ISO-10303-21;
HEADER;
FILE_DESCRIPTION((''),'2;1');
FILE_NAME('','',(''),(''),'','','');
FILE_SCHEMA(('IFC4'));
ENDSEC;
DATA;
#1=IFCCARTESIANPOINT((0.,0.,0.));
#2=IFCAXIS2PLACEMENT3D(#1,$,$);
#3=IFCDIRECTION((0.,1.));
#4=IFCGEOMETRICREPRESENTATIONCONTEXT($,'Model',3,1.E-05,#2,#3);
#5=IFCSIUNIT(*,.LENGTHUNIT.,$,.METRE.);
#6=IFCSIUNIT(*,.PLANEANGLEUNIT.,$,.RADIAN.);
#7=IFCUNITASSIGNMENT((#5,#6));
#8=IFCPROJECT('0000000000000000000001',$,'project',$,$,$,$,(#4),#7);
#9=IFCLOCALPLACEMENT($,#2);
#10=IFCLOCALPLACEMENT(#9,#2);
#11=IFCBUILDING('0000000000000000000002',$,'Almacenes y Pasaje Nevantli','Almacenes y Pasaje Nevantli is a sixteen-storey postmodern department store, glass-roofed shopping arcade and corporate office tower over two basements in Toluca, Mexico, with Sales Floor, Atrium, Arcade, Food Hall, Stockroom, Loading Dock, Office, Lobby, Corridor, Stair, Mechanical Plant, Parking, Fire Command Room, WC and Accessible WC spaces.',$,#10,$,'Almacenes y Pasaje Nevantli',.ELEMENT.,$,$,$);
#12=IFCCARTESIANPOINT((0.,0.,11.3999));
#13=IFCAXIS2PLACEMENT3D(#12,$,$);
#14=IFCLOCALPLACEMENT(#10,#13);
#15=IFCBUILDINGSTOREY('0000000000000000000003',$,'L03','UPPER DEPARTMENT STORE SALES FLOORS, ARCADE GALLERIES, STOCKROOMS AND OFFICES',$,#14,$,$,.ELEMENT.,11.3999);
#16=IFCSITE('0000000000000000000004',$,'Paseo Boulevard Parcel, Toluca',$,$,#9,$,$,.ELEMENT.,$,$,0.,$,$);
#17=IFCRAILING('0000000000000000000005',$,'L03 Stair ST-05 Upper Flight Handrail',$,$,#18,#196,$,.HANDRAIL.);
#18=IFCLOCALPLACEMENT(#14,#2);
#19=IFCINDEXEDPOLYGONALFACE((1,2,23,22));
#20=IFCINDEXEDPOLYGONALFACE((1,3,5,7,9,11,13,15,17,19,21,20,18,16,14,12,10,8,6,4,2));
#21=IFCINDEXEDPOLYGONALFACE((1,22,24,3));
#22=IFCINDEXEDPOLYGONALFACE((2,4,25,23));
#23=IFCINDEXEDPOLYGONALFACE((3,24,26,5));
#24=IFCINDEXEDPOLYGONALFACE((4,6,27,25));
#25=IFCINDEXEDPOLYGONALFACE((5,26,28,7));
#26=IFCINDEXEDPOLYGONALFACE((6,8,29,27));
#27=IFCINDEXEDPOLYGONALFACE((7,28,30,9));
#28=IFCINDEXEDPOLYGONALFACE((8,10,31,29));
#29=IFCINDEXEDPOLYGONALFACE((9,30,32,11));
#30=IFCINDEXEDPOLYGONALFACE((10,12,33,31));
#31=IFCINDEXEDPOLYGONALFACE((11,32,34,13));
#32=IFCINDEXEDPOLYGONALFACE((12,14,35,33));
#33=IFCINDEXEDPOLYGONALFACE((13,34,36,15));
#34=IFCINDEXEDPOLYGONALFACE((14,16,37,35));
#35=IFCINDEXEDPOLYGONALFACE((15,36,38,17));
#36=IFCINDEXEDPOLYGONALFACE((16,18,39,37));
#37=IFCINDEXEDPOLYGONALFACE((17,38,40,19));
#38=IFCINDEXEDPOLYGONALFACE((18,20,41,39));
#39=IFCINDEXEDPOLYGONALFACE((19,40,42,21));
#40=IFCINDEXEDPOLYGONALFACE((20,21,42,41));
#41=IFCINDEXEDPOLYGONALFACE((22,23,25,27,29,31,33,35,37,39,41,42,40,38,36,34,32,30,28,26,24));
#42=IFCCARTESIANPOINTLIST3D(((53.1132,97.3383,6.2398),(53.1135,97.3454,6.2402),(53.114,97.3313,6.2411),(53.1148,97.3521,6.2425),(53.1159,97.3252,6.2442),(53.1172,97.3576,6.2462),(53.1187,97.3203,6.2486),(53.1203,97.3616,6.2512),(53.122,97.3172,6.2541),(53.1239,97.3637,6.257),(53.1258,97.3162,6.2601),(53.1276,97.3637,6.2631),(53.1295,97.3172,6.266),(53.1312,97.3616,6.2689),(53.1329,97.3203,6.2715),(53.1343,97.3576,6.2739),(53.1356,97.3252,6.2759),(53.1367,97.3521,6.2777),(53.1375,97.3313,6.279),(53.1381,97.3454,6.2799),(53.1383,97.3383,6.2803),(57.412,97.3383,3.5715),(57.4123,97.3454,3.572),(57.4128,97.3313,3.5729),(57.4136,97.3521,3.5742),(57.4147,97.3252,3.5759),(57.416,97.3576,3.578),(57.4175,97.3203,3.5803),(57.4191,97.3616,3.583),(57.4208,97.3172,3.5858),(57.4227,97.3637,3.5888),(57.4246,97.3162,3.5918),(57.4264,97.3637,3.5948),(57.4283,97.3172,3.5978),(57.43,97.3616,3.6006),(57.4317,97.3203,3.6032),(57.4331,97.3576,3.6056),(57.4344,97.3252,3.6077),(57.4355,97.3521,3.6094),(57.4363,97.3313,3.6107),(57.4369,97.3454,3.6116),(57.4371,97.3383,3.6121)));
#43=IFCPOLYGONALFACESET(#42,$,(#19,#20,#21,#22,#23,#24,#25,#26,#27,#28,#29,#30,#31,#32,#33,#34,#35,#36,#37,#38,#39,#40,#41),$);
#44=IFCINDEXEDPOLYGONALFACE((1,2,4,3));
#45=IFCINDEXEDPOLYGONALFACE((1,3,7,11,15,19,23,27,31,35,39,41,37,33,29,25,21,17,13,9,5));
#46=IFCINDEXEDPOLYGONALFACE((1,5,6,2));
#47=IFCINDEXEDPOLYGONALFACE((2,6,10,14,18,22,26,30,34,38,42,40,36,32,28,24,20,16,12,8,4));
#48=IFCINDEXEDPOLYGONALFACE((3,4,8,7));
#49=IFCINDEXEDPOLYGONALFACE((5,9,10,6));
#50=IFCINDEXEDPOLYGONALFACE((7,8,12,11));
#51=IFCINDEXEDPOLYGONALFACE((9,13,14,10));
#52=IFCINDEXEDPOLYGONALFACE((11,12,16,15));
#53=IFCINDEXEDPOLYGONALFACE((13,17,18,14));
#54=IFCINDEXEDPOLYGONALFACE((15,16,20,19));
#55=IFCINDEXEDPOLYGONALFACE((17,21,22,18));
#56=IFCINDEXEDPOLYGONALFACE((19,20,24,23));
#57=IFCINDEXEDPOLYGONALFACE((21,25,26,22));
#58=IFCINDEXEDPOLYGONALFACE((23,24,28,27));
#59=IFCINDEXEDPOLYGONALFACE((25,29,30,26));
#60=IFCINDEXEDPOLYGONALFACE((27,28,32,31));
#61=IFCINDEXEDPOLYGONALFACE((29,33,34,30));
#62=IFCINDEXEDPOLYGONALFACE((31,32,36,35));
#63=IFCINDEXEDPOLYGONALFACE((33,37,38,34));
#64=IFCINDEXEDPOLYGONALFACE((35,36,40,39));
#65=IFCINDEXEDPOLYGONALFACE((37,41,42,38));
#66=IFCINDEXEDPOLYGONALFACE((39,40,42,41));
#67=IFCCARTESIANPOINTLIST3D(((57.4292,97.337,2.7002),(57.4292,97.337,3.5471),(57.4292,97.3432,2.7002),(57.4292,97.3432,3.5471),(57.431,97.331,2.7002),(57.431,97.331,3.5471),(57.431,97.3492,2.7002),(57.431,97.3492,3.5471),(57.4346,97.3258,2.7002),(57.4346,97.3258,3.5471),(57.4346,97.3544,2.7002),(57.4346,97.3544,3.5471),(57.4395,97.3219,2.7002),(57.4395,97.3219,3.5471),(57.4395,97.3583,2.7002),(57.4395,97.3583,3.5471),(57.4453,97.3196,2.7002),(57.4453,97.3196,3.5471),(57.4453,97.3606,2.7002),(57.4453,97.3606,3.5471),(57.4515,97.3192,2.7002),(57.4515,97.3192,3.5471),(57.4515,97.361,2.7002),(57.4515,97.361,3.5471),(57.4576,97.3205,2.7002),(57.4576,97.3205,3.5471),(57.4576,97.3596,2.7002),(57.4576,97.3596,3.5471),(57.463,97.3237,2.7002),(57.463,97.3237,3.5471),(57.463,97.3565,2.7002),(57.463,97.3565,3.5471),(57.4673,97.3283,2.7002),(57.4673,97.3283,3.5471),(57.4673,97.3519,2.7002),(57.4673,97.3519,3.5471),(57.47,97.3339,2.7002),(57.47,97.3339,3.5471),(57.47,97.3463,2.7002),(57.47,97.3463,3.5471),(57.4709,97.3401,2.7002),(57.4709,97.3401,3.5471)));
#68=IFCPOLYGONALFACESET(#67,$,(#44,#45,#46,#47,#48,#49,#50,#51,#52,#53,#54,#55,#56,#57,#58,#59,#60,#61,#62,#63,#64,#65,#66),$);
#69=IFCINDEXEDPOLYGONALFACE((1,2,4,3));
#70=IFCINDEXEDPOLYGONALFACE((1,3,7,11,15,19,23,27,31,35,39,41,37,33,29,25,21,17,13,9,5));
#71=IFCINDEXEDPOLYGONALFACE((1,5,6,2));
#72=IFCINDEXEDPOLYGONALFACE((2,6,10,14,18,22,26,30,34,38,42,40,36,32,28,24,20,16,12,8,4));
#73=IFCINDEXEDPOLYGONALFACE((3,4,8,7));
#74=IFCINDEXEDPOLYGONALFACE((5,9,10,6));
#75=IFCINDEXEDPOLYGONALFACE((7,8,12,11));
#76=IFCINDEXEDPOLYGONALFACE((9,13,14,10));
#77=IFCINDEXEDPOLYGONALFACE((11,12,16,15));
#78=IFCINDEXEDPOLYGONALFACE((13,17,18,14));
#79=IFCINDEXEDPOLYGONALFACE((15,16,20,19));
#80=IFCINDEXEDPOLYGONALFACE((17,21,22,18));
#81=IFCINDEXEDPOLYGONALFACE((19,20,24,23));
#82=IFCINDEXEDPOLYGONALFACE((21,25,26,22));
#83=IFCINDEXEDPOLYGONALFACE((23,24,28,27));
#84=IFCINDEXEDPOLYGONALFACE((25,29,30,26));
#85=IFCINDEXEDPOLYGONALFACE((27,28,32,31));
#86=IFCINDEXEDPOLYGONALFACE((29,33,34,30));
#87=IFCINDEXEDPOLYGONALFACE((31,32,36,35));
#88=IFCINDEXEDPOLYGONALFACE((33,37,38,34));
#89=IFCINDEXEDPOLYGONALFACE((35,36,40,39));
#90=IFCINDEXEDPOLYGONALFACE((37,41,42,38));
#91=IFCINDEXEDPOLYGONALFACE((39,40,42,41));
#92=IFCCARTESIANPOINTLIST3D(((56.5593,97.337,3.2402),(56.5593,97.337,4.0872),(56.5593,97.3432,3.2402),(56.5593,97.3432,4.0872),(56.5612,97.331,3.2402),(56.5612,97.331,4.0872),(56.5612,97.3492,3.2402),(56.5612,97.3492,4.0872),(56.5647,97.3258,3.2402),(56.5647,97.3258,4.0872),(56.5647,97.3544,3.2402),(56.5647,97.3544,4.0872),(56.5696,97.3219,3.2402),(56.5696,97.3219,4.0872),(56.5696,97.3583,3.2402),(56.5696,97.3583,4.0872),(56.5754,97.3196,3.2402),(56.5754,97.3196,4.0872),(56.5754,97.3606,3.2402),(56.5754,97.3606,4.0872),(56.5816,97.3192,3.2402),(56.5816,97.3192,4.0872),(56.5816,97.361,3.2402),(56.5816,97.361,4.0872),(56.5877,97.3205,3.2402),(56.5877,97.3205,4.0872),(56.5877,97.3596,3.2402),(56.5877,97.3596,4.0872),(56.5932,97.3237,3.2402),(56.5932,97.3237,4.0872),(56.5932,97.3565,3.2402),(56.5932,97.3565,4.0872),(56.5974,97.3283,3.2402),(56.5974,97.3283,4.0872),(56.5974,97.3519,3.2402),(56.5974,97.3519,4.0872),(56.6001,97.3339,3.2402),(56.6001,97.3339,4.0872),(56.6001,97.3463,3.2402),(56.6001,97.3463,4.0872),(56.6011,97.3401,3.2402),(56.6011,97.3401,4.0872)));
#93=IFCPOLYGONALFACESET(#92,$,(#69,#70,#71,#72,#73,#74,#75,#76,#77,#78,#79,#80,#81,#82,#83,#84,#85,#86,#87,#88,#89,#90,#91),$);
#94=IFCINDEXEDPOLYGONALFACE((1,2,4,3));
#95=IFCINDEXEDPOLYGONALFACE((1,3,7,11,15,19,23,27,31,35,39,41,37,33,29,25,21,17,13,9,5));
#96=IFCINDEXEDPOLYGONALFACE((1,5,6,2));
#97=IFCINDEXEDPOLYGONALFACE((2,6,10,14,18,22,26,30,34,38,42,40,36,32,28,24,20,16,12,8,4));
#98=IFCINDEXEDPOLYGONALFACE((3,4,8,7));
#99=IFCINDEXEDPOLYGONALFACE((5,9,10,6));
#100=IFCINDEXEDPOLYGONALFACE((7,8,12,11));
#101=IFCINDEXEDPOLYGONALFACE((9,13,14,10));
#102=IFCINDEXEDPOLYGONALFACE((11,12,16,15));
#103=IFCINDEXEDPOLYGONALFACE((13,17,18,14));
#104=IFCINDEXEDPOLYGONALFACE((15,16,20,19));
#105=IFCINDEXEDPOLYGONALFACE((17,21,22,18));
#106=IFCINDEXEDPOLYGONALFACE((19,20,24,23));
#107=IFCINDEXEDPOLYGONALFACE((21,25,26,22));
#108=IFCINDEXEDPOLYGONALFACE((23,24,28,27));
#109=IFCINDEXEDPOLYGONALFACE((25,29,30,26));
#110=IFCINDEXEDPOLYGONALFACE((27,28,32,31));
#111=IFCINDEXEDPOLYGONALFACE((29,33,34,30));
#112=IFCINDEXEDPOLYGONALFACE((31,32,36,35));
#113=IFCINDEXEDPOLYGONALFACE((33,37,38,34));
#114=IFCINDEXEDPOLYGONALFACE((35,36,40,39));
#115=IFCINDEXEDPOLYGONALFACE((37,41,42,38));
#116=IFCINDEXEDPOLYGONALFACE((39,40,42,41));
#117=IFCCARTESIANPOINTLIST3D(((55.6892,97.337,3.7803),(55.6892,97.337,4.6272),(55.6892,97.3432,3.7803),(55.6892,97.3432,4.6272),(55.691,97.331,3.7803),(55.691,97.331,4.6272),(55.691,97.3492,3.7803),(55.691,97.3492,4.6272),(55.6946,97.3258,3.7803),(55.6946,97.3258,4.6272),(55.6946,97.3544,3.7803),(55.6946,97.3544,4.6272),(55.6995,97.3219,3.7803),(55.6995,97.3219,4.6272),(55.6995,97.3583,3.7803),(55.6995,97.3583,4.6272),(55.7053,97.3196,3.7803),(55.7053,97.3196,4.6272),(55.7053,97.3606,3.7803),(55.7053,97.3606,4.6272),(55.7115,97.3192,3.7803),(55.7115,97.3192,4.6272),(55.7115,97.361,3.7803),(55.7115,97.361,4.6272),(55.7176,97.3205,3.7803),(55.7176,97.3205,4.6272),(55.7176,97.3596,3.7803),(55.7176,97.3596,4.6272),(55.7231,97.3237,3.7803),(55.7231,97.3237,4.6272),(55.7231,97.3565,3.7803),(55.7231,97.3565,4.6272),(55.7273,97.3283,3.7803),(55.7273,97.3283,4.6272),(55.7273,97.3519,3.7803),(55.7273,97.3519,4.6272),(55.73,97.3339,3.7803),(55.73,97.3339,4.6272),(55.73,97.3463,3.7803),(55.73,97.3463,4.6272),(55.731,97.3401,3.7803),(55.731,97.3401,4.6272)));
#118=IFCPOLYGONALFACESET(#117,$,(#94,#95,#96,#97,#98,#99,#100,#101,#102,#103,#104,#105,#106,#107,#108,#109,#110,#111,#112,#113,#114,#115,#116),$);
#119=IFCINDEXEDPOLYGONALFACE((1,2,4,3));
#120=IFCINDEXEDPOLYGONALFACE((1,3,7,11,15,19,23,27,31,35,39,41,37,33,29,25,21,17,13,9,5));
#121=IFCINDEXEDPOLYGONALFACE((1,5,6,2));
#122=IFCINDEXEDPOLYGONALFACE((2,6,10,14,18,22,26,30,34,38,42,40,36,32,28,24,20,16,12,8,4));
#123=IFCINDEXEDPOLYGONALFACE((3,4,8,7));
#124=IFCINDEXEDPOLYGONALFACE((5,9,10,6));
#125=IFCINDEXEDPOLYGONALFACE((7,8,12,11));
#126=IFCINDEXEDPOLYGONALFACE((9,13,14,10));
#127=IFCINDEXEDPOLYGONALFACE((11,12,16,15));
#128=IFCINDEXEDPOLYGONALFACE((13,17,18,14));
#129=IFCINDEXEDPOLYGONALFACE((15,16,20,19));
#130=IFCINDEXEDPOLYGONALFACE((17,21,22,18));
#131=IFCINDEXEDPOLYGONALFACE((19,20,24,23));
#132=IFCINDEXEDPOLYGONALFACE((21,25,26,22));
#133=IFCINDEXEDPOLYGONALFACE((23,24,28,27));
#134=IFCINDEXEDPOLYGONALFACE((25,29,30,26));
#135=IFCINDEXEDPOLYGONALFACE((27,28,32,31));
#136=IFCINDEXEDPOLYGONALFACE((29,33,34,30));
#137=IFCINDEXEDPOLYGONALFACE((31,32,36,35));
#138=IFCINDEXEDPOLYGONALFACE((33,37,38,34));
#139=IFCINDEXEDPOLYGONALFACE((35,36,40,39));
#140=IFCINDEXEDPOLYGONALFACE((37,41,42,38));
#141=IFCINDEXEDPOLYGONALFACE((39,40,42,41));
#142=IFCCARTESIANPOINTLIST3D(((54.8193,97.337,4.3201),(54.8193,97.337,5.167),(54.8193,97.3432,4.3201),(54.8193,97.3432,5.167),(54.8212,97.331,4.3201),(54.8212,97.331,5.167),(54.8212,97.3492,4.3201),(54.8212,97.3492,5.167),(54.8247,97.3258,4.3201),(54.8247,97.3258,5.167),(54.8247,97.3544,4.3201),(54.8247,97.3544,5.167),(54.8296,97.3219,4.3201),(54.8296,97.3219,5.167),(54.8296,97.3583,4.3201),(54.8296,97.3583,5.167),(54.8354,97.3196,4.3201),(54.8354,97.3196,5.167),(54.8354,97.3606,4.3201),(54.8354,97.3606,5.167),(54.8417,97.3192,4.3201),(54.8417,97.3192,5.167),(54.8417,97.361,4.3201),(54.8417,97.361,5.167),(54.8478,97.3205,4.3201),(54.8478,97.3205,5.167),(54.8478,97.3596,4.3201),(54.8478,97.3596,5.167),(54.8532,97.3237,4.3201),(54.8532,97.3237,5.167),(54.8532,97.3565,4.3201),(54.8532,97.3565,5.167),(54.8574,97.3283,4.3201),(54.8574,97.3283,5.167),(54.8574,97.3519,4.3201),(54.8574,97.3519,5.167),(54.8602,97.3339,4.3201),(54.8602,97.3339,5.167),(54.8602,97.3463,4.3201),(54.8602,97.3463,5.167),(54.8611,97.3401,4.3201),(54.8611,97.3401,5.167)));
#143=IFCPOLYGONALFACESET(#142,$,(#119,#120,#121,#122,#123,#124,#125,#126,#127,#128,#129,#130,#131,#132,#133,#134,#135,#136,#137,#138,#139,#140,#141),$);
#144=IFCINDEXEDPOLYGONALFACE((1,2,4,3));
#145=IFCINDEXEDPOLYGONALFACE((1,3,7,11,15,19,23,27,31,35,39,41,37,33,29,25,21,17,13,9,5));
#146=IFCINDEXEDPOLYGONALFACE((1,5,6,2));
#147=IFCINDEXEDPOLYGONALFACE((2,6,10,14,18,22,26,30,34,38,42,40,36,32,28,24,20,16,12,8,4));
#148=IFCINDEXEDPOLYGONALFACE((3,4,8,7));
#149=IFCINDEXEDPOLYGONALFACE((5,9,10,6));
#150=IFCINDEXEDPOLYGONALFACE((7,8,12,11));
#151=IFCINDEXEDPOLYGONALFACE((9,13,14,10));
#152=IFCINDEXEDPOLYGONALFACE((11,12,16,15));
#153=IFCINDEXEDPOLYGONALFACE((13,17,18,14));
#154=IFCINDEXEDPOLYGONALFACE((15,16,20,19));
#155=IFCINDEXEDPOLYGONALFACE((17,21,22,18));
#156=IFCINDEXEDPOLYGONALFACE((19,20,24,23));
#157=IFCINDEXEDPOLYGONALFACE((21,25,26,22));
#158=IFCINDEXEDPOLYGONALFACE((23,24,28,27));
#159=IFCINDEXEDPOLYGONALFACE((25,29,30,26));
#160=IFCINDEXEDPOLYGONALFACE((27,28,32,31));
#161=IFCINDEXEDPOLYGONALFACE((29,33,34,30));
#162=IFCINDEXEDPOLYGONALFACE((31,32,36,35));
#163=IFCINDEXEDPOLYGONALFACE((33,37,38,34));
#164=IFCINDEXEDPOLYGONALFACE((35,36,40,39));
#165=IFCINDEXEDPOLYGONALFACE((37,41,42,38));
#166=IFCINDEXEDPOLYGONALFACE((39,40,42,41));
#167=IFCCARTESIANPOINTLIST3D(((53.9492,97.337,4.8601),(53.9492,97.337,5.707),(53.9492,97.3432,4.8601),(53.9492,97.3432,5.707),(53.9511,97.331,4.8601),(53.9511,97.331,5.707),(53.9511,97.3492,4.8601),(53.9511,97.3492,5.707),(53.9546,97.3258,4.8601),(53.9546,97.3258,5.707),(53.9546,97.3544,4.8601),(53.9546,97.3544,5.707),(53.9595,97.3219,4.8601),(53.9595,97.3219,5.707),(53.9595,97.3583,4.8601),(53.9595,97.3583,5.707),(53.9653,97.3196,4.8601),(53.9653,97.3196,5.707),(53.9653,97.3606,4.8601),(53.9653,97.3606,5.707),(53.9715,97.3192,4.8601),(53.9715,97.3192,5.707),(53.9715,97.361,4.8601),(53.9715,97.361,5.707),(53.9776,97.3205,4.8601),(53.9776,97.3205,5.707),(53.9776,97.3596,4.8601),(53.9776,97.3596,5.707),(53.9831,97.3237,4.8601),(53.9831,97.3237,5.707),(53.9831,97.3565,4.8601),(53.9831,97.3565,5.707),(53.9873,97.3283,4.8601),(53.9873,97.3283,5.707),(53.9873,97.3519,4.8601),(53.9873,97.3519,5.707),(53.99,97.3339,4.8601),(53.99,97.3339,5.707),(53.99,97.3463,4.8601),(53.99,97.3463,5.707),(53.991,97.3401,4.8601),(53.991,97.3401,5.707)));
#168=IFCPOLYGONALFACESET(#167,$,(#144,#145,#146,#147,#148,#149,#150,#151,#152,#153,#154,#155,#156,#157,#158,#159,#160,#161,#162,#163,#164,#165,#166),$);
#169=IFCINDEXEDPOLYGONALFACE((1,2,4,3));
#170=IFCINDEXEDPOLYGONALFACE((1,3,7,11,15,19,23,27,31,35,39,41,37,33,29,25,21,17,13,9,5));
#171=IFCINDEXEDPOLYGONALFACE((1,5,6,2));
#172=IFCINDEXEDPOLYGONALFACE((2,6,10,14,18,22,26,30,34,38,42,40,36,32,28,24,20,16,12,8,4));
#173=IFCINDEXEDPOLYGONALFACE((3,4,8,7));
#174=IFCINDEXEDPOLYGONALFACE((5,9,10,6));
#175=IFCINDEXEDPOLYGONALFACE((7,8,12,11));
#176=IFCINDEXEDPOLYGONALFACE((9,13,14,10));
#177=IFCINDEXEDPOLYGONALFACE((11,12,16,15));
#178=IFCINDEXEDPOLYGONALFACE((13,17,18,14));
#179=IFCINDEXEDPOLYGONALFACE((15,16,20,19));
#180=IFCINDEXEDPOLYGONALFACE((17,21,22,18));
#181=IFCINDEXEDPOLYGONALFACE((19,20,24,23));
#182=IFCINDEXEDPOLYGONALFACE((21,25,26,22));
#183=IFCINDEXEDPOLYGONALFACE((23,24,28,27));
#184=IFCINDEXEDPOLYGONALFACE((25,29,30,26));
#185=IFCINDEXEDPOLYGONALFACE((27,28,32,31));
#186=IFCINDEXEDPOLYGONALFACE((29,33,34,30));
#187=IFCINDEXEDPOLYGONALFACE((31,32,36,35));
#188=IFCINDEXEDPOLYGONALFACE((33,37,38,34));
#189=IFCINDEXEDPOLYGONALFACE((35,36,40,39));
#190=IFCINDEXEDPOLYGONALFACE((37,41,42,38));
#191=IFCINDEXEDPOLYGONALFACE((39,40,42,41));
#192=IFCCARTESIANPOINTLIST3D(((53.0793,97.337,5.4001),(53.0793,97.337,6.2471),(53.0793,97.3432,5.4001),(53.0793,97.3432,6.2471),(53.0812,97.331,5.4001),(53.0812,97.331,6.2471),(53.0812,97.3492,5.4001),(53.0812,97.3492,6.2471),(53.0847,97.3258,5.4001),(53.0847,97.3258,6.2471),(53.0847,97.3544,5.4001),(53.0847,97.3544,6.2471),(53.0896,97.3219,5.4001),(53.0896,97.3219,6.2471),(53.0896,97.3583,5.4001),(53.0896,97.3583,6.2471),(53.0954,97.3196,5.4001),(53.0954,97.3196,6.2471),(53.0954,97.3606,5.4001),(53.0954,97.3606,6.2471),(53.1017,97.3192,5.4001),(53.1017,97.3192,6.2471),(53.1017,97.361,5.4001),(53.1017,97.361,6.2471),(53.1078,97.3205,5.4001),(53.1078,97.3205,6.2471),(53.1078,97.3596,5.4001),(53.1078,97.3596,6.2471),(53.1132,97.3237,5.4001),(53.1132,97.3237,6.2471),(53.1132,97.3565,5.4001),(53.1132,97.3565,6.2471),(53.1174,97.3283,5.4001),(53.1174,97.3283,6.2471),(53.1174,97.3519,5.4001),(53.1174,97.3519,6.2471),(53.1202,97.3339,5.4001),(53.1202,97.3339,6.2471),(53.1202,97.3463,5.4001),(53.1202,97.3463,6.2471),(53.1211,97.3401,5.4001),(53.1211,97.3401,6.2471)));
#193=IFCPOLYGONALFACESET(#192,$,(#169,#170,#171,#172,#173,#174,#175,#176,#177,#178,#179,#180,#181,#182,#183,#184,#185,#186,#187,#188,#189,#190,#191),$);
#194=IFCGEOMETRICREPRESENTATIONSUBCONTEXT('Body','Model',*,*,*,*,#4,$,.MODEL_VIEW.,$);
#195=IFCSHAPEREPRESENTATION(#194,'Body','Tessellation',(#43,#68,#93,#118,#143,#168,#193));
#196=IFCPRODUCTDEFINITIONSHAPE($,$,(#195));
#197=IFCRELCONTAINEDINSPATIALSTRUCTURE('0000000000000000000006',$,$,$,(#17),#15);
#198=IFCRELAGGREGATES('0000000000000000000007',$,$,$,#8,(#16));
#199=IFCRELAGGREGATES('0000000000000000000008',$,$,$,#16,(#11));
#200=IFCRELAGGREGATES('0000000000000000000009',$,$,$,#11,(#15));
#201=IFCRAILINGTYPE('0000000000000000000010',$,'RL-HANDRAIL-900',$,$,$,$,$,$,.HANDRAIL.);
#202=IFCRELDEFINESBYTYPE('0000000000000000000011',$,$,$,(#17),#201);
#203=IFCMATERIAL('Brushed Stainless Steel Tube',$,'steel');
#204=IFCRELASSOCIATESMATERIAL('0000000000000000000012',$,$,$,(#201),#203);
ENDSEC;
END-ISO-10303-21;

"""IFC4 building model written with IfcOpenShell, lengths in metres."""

from ifc_helpers import new_model, si_unit, direction, frame, origin, origin_2d, place, context, subcontext, project, spatial, circle, extrude, material, type_object, element, save


model = new_model("IFC4")

# Units and contexts
model_context = context("Model", 3, precision=1e-05, world=origin(), true_north=direction((0.0, 1.0)))
body_context = subcontext(model_context, "Body", "Model", "MODEL_VIEW")
ifc_project = project(units=[si_unit("LENGTHUNIT", "METRE"), si_unit("PLANEANGLEUNIT", "RADIAN")], contexts=[model_context])

# Site, building, storey
site_placement = place(None, origin())
site = spatial("IfcSite", under=ifc_project, at=site_placement, Name="Paseo Boulevard Parcel, Toluca", CompositionType="ELEMENT", RefElevation=0.0)
building_placement = place(site_placement, origin())
building = spatial("IfcBuilding", under=site, at=building_placement, Name="Almacenes y Pasaje Nevantli", Description="Almacenes y Pasaje Nevantli is a sixteen-storey postmodern department store, glass-roofed shopping arcade and corporate office tower over two basements in Toluca, Mexico, with Sales Floor, Atrium, Arcade, Food Hall, Stockroom, Loading Dock, Office, Lobby, Corridor, Stair, Mechanical Plant, Parking, Fire Command Room, WC and Accessible WC spaces.", LongName="Almacenes y Pasaje Nevantli", CompositionType="ELEMENT")
storey_placement = place(building_placement, frame((0.0, 0.0, 11.3999)))
storey = spatial("IfcBuildingStorey", under=building, at=storey_placement, Name="L03", Description="UPPER DEPARTMENT STORE SALES FLOORS, ARCADE GALLERIES, STOCKROOMS AND OFFICES", CompositionType="ELEMENT", Elevation=11.3999)

# Railing
ifc_material_1 = material(Name="Brushed Stainless Steel Tube", Category="steel")
railing_type_1 = type_object("IfcRailingType", Name="RL-HANDRAIL-900", PredefinedType="HANDRAIL", material=ifc_material_1)
railing_1_placement = place(storey_placement, frame((57.45, 97.3401, 2.7002)))
element("IfcRailing", 1, at=railing_1_placement, inside=storey, type_object=railing_type_1, Name="L03 Stair ST-05 Upper Flight Handrail", PredefinedType="HANDRAIL", context=body_context, shape_type="SweptSolid", body=[
    extrude(circle(Radius=0.0239, at=origin_2d()), frame((-0.0254, 0.0, 0.8916), z_axis=(-0.849636, 0.0, 0.527369), x_axis=(0.0, -1.0, 0.0)), (0.0, 0.0, 1.0), 5.0596),
    extrude(circle(Radius=0.021, at=origin_2d()), origin(), (0.0, 0.0, 1.0), 0.8469),
    extrude(circle(Radius=0.021, at=origin_2d()), frame((-0.8699, 0.0, 0.54)), (0.0, 0.0, 1.0), 0.8469),
    extrude(circle(Radius=0.021, at=origin_2d()), frame((-1.74, 0.0, 1.0801)), (0.0, 0.0, 1.0), 0.8469),
    extrude(circle(Radius=0.021, at=origin_2d()), frame((-2.6099, 0.0, 1.6199)), (0.0, 0.0, 1.0), 0.8469),
    extrude(circle(Radius=0.021, at=origin_2d()), frame((-3.48, 0.0, 2.1599)), (0.0, 0.0, 1.0), 0.8469),
    extrude(circle(Radius=0.021, at=origin_2d()), frame((-4.3499, 0.0, 2.7)), (0.0, 0.0, 1.0), 0.8469),
])

save(model, "model.ifc")
